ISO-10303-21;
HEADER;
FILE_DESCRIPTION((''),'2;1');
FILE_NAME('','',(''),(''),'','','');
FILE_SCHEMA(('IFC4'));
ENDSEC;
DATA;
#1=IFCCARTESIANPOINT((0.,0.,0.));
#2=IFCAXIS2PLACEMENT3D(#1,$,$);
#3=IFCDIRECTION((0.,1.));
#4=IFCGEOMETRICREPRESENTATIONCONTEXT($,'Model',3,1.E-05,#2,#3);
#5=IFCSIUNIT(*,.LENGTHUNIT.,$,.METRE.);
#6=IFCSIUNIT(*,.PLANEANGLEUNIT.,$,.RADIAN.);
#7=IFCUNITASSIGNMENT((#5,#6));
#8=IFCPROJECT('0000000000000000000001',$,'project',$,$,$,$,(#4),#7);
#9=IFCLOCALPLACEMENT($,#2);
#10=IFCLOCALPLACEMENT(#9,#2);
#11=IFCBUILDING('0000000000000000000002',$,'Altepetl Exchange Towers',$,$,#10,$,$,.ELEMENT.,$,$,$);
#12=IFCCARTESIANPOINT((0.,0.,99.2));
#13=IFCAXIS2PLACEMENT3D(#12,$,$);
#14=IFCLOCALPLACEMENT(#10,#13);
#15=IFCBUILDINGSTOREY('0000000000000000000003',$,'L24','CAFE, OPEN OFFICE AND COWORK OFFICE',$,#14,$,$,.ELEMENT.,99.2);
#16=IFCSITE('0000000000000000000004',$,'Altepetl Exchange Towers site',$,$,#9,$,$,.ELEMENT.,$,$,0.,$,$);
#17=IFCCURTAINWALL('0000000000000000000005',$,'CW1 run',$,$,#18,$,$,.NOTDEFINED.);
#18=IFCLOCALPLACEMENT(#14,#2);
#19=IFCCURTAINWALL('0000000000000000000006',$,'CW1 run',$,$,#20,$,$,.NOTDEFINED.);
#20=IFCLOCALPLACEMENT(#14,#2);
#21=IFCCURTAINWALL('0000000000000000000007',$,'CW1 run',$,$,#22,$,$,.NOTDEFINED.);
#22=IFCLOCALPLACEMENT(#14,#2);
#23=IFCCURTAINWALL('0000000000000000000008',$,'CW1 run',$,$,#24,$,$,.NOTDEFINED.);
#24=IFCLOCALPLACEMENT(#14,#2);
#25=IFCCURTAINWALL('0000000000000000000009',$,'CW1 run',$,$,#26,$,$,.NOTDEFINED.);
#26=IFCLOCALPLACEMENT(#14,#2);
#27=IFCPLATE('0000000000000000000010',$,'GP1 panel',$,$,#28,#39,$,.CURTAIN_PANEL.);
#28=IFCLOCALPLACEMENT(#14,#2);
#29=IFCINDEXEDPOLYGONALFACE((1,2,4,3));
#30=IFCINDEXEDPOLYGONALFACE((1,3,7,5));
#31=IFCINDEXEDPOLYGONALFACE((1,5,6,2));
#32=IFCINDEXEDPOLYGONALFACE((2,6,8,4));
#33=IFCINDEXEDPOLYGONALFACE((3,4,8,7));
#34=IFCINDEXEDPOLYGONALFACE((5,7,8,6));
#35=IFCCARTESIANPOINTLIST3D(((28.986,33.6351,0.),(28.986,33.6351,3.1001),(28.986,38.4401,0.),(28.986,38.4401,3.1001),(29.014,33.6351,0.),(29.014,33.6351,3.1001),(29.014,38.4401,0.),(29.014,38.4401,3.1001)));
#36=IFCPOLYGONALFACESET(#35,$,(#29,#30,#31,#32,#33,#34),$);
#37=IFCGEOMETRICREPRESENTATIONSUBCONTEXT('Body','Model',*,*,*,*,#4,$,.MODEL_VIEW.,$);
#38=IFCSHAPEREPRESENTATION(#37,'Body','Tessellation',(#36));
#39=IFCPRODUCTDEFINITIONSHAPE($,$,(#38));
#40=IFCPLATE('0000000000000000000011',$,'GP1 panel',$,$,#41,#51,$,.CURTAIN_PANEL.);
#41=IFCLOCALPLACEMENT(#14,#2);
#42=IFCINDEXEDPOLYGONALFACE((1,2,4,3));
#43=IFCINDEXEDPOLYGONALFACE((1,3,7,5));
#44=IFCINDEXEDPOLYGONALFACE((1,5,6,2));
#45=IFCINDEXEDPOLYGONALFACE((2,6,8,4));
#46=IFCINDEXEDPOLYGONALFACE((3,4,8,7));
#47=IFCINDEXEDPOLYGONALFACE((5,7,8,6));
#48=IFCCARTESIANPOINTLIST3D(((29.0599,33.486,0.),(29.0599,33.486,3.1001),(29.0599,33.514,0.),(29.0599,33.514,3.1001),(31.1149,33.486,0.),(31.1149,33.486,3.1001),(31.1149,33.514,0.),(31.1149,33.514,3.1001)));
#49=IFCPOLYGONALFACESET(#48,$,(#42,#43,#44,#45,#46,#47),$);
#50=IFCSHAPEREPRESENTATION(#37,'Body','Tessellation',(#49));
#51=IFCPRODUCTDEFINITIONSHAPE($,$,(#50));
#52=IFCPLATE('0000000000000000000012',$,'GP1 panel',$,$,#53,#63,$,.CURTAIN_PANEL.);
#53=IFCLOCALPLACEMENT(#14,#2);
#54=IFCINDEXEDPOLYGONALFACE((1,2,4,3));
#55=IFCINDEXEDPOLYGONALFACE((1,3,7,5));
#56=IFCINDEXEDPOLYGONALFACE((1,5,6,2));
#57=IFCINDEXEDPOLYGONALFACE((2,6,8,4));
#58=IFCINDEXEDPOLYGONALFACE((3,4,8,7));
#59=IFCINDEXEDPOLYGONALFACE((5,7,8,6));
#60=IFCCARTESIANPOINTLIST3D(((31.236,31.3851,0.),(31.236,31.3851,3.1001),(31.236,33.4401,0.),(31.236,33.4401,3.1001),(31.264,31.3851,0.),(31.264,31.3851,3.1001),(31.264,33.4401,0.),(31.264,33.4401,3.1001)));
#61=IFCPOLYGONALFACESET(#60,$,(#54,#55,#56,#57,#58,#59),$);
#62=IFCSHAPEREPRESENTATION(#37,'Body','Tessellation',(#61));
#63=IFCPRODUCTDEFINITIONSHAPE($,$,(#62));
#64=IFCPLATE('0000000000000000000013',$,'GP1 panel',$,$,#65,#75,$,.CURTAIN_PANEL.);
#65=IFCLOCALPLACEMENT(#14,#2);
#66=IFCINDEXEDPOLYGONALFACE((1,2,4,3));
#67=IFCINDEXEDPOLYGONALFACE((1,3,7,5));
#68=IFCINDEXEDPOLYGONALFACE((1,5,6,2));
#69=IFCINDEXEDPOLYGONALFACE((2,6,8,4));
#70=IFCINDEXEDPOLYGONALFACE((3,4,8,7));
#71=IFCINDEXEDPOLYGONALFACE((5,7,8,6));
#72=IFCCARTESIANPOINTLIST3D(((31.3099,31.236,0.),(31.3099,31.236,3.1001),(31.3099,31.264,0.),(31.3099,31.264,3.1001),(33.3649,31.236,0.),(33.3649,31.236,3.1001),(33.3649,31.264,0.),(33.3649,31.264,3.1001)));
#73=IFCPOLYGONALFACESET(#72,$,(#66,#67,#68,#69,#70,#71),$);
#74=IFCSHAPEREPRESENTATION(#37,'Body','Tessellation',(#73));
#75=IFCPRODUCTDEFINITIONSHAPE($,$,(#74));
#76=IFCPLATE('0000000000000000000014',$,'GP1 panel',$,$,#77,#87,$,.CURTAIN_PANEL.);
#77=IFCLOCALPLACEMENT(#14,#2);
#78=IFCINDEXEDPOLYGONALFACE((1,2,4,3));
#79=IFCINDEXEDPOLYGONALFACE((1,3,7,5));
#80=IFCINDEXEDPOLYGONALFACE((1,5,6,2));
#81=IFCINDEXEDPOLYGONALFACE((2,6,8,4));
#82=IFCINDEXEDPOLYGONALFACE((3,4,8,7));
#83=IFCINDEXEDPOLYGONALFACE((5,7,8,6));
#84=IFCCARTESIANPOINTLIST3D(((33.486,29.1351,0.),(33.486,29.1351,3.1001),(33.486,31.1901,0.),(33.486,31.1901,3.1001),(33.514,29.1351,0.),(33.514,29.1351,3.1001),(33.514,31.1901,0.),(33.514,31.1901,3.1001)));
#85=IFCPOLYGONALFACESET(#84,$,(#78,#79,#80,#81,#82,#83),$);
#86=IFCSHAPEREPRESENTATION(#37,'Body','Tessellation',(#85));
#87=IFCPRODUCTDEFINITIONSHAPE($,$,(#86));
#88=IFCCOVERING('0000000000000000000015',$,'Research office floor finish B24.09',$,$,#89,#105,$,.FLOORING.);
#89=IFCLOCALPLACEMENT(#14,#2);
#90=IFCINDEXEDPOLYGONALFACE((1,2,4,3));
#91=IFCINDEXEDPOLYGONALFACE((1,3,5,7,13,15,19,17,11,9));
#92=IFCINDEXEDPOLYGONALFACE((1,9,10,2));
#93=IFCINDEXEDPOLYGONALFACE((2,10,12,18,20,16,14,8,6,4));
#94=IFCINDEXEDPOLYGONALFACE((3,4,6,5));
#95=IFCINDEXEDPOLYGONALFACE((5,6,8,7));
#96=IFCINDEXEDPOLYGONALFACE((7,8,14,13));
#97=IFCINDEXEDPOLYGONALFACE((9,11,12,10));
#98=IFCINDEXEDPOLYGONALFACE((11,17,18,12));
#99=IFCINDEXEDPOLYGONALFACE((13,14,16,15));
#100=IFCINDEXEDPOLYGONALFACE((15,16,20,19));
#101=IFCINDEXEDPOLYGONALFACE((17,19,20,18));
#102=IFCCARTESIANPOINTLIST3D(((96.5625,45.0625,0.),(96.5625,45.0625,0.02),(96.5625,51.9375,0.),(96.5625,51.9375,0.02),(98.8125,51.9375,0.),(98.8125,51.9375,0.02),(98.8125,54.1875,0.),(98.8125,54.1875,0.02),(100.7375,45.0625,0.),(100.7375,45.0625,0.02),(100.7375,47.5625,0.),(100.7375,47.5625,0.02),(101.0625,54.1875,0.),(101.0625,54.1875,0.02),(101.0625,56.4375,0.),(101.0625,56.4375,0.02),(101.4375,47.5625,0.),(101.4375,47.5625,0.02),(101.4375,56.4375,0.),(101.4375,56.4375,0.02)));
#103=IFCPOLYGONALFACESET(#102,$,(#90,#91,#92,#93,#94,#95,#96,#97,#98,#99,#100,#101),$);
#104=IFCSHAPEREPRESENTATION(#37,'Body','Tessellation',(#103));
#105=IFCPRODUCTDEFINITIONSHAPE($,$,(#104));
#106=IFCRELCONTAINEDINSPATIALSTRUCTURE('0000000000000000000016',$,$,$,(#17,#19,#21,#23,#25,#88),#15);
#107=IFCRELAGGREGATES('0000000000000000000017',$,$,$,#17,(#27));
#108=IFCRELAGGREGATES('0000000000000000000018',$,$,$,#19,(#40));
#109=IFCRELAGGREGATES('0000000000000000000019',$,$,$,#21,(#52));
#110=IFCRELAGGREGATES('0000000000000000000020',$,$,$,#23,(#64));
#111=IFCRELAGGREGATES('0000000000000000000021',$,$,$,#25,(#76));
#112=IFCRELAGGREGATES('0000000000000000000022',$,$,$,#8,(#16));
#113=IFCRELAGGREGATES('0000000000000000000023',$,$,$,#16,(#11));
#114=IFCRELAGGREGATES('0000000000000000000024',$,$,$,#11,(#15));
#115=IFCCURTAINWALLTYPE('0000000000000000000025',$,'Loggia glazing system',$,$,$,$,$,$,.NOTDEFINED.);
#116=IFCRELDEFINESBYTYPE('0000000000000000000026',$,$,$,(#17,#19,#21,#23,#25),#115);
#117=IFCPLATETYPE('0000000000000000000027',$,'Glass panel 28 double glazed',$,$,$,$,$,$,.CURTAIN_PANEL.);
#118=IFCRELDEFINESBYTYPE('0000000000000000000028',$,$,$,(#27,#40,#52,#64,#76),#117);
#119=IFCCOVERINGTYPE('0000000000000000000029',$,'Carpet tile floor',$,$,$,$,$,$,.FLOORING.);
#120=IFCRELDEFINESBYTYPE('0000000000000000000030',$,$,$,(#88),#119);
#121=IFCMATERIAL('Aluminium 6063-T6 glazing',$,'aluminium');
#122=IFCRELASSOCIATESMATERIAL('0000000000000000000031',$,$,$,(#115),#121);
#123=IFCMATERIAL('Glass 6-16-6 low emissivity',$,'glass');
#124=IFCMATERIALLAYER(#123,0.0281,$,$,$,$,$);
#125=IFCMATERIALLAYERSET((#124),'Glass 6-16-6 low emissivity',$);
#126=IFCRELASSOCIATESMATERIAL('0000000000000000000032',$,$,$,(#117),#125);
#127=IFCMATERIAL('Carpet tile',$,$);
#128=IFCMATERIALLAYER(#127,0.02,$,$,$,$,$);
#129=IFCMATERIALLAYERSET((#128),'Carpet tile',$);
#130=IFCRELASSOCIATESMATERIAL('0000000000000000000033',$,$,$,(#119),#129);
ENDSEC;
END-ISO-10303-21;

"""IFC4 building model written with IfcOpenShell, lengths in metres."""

from ifc_helpers import new_model, si_unit, direction, frame, origin, origin_2d, place, context, subcontext, project, spatial, polyline, rectangle, outline, extrude, material, layer, layer_set, type_object, element, aggregate, save


model = new_model("IFC4")

# Units and contexts
model_context = context("Model", 3, precision=1e-05, world=origin(), true_north=direction((0.0, 1.0)))
body_context = subcontext(model_context, "Body", "Model", "MODEL_VIEW")
ifc_project = project(units=[si_unit("LENGTHUNIT", "METRE"), si_unit("PLANEANGLEUNIT", "RADIAN")], contexts=[model_context])

# Site, building, storey
site_placement = place(None, origin())
site = spatial("IfcSite", under=ifc_project, at=site_placement, Name="Altepetl Exchange Towers site", CompositionType="ELEMENT", RefElevation=0.0)
building_placement = place(site_placement, origin())
building = spatial("IfcBuilding", under=site, at=building_placement, Name="Altepetl Exchange Towers", CompositionType="ELEMENT")
storey_placement = place(building_placement, frame((0.0, 0.0, 99.2)))
storey = spatial("IfcBuildingStorey", under=building, at=storey_placement, Name="L24", Description="CAFE, OPEN OFFICE AND COWORK OFFICE", CompositionType="ELEMENT", Elevation=99.2)

# Curtain walls
ifc_material_1 = material(Name="Aluminium 6063-T6 glazing", Category="aluminium")
curtain_wall_type = type_object("IfcCurtainWallType", Name="Loggia glazing system", PredefinedType="NOTDEFINED", material=ifc_material_1)
curtain_wall_1_placement = place(storey_placement, origin())
curtain_wall_1 = element("IfcCurtainWall", 1, at=curtain_wall_1_placement, inside=storey, type_object=curtain_wall_type, Name="CW1 run", PredefinedType="NOTDEFINED")
curtain_wall_2_placement = place(storey_placement, origin())
curtain_wall_2 = element("IfcCurtainWall", 2, at=curtain_wall_2_placement, inside=storey, type_object=curtain_wall_type, Name="CW1 run", PredefinedType="NOTDEFINED")
curtain_wall_3_placement = place(storey_placement, origin())
curtain_wall_3 = element("IfcCurtainWall", 3, at=curtain_wall_3_placement, inside=storey, type_object=curtain_wall_type, Name="CW1 run", PredefinedType="NOTDEFINED")
curtain_wall_4_placement = place(storey_placement, origin())
curtain_wall_4 = element("IfcCurtainWall", 4, at=curtain_wall_4_placement, inside=storey, type_object=curtain_wall_type, Name="CW1 run", PredefinedType="NOTDEFINED")
curtain_wall_5_placement = place(storey_placement, origin())
curtain_wall_5 = element("IfcCurtainWall", 5, at=curtain_wall_5_placement, inside=storey, type_object=curtain_wall_type, Name="CW1 run", PredefinedType="NOTDEFINED")

# Plates
ifc_material_2 = material(Name="Glass 6-16-6 low emissivity", Category="glass")
ifc_layer_1 = layer(ifc_material_2, 0.0281)
ifc_layer_set_1 = layer_set([ifc_layer_1], Name="Glass 6-16-6 low emissivity")
plate_type = type_object("IfcPlateType", Name="Glass panel 28 double glazed", PredefinedType="CURTAIN_PANEL", material=ifc_layer_set_1)
plate_1_placement = place(storey_placement, frame((29.0, 36.0376, 0.0), z_axis=(0.0, 0.0, 1.0), x_axis=(0.0, -1.0, 0.0)))
plate_1 = element("IfcPlate", 6, at=plate_1_placement, type_object=plate_type, Name="GP1 panel", PredefinedType="CURTAIN_PANEL", context=body_context, shape_type="SweptSolid", body=[
    extrude(rectangle(XDim=4.8049, YDim=0.0281, at=origin_2d()), origin(), (0.0, 0.0, 1.0), 3.1001),
])
aggregate(curtain_wall_1, [plate_1])
plate_2_placement = place(storey_placement, frame((30.0874, 33.5, 0.0)))
plate_2 = element("IfcPlate", 7, at=plate_2_placement, type_object=plate_type, Name="GP1 panel", PredefinedType="CURTAIN_PANEL", context=body_context, shape_type="SweptSolid", body=[
    extrude(rectangle(XDim=2.0549, YDim=0.0281, at=origin_2d()), origin(), (0.0, 0.0, 1.0), 3.1001),
])
aggregate(curtain_wall_2, [plate_2])
plate_3_placement = place(storey_placement, frame((31.25, 32.4126, 0.0), z_axis=(0.0, 0.0, 1.0), x_axis=(0.0, -1.0, 0.0)))
plate_3 = element("IfcPlate", 8, at=plate_3_placement, type_object=plate_type, Name="GP1 panel", PredefinedType="CURTAIN_PANEL", context=body_context, shape_type="SweptSolid", body=[
    extrude(rectangle(XDim=2.0549, YDim=0.0281, at=origin_2d()), origin(), (0.0, 0.0, 1.0), 3.1001),
])
aggregate(curtain_wall_3, [plate_3])
plate_4_placement = place(storey_placement, frame((32.3374, 31.25, 0.0)))
plate_4 = element("IfcPlate", 9, at=plate_4_placement, type_object=plate_type, Name="GP1 panel", PredefinedType="CURTAIN_PANEL", context=body_context, shape_type="SweptSolid", body=[
    extrude(rectangle(XDim=2.0549, YDim=0.0281, at=origin_2d()), origin(), (0.0, 0.0, 1.0), 3.1001),
])
aggregate(curtain_wall_4, [plate_4])
plate_5_placement = place(storey_placement, frame((33.5, 30.1626, 0.0), z_axis=(0.0, 0.0, 1.0), x_axis=(0.0, -1.0, 0.0)))
plate_5 = element("IfcPlate", 10, at=plate_5_placement, type_object=plate_type, Name="GP1 panel", PredefinedType="CURTAIN_PANEL", context=body_context, shape_type="SweptSolid", body=[
    extrude(rectangle(XDim=2.0549, YDim=0.0281, at=origin_2d()), origin(), (0.0, 0.0, 1.0), 3.1001),
])
aggregate(curtain_wall_5, [plate_5])

# Covering
ifc_material_3 = material(Name="Carpet tile")
ifc_layer_2 = layer(ifc_material_3, 0.02)
ifc_layer_set_2 = layer_set([ifc_layer_2], Name="Carpet tile")
covering_type = type_object("IfcCoveringType", Name="Carpet tile floor", PredefinedType="FLOORING", material=ifc_layer_set_2)
covering_placement = place(storey_placement, origin())
element("IfcCovering", 11, at=covering_placement, inside=storey, type_object=covering_type, Name="Research office floor finish B24.09", PredefinedType="FLOORING", context=body_context, shape_type="SweptSolid", body=[
    extrude(outline(polyline([(101.4375, 47.5625), (101.4375, 56.4375), (101.0625, 56.4375), (101.0625, 54.1875), (98.8125, 54.1875), (98.8125, 51.9375), (96.5625, 51.9375), (96.5625, 45.0625), (100.7375, 45.0625), (100.7375, 47.5625), (101.4375, 47.5625)])), origin(), (0.0, 0.0, 1.0), 0.02),
])

save(model, "model.ifc")
